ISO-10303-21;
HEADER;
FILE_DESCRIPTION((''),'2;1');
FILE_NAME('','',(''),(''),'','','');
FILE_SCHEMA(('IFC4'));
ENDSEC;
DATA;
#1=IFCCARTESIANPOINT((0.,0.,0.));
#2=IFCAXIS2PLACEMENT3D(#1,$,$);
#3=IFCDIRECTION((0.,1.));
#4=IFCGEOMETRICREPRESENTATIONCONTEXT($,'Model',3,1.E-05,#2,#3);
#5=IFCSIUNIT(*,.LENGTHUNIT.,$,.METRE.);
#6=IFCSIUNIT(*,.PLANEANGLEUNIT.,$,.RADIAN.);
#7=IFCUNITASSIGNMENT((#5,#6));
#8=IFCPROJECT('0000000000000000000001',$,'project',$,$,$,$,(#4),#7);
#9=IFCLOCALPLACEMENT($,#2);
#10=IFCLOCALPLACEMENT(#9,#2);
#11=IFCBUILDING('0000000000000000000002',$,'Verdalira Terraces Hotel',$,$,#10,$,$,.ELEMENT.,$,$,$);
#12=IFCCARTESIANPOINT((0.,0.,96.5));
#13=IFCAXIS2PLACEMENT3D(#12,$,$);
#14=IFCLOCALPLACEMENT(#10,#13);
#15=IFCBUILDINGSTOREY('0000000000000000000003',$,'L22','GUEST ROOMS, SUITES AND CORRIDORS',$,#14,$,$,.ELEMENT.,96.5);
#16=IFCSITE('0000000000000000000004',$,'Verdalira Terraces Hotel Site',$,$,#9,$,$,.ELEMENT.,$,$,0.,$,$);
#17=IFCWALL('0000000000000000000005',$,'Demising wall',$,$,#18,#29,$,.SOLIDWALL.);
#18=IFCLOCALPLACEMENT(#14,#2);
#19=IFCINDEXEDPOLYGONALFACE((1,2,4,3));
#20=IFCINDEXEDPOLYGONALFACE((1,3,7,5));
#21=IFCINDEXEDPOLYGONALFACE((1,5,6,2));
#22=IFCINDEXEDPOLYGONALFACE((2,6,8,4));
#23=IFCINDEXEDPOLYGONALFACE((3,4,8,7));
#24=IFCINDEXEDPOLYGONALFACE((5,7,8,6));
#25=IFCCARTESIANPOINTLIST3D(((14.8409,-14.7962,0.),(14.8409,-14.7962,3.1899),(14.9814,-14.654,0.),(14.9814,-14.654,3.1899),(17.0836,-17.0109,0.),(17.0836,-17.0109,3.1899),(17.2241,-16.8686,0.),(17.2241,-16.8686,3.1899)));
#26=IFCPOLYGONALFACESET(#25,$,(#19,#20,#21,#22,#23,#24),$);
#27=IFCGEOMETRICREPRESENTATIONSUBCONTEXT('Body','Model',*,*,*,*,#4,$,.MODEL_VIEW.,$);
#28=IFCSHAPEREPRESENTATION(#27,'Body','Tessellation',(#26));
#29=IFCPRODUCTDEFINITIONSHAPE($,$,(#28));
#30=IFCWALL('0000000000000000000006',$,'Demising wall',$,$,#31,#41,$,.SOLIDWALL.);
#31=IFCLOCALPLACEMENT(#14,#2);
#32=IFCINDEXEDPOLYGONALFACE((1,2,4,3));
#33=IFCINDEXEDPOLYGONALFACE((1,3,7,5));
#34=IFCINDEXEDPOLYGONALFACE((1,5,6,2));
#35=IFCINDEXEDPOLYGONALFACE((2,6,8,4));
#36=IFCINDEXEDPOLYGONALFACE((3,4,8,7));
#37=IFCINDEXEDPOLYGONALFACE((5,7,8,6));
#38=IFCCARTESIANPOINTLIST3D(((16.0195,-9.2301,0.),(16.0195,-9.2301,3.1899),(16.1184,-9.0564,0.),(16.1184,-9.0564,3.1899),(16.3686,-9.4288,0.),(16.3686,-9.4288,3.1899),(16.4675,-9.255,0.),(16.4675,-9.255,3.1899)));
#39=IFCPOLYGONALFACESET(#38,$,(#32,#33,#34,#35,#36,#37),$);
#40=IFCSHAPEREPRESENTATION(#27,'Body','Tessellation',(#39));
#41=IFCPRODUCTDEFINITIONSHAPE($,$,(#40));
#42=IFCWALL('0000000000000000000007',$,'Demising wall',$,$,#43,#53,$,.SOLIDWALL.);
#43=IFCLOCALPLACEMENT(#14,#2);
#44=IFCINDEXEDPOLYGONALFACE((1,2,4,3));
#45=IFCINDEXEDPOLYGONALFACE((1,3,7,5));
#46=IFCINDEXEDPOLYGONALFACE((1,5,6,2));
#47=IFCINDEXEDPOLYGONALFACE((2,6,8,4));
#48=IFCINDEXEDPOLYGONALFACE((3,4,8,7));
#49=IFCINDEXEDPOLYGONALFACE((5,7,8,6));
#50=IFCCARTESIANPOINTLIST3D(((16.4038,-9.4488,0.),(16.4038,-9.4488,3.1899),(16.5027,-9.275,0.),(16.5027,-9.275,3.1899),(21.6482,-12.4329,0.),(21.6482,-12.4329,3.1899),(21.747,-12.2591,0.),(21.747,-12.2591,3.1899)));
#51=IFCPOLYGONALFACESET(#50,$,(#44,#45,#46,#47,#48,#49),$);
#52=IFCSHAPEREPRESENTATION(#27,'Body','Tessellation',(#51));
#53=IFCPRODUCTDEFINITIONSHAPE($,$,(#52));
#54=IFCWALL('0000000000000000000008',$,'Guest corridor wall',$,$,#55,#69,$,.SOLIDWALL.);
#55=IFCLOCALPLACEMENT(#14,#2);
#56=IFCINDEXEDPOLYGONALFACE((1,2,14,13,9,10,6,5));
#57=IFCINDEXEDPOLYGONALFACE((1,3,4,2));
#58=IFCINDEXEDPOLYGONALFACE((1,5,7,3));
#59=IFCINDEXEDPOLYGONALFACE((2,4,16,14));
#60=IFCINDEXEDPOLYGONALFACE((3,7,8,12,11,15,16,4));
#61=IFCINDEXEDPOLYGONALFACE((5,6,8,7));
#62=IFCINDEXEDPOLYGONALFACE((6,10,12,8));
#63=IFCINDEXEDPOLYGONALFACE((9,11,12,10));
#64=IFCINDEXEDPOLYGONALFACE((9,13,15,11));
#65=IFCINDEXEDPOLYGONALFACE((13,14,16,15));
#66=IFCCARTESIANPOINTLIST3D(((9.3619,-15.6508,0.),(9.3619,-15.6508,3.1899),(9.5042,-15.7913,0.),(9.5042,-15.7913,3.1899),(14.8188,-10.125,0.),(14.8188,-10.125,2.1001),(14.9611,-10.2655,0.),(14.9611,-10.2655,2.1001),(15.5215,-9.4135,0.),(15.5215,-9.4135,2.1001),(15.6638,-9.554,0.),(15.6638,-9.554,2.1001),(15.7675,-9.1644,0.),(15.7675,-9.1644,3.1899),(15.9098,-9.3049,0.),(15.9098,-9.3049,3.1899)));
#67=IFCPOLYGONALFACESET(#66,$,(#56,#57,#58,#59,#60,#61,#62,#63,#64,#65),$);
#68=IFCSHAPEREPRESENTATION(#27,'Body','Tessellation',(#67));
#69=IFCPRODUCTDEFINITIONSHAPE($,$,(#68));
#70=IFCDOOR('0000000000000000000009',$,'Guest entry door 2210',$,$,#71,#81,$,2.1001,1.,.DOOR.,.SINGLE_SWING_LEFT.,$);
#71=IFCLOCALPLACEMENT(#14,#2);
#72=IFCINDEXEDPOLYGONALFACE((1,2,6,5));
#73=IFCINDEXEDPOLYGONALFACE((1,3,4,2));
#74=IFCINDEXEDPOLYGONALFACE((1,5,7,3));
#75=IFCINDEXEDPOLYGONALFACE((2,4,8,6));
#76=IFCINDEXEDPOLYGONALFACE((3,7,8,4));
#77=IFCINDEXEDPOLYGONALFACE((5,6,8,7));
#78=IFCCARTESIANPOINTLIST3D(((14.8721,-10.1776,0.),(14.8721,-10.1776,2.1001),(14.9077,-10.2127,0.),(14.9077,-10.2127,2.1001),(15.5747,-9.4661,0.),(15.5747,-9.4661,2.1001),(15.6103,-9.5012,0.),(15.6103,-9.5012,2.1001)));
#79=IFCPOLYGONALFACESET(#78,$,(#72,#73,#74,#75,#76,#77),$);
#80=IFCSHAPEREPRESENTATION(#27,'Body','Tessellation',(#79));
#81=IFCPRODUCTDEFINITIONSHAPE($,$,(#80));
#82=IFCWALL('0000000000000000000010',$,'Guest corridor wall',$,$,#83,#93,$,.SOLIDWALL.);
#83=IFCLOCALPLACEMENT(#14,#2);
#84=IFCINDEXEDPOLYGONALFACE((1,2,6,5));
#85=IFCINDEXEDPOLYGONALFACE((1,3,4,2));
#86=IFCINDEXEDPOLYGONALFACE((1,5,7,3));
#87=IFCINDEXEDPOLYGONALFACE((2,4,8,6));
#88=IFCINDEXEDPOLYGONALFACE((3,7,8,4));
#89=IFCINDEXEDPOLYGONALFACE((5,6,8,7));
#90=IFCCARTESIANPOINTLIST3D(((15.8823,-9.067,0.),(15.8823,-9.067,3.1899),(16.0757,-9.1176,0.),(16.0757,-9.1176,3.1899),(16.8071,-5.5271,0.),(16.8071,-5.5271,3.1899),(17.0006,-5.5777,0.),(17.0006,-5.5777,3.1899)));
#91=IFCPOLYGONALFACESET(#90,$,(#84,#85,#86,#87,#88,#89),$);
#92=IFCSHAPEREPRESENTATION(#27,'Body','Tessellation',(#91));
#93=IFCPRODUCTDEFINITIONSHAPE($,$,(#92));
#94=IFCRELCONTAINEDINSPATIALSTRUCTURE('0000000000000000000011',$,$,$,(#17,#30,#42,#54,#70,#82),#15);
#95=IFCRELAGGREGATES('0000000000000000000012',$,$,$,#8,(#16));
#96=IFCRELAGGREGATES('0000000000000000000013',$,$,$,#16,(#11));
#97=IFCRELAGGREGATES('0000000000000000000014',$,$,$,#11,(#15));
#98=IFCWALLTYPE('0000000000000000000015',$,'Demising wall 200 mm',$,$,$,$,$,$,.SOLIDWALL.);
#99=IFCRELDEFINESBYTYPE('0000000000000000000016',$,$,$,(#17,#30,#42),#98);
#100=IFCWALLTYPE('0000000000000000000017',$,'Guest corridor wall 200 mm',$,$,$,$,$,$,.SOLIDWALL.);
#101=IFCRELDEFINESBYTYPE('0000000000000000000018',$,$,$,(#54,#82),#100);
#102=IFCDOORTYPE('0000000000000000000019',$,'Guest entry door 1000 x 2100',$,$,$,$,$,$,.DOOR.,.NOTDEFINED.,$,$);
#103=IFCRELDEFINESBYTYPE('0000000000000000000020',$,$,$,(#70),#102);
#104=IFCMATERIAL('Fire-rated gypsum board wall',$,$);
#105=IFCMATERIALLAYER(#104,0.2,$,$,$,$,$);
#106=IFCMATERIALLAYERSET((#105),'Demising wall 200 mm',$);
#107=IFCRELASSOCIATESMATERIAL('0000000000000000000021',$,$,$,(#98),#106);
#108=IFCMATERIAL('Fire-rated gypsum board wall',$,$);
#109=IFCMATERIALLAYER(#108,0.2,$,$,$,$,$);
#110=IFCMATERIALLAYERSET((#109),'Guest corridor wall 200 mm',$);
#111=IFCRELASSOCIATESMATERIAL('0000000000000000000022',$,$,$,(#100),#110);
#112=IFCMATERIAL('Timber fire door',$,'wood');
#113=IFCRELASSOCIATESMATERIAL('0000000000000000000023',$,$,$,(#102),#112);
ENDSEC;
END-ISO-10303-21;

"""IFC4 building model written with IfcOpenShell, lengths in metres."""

from ifc_helpers import new_model, si_unit, direction, frame, frame_2d, origin, place, context, subcontext, project, spatial, rectangle, extrude, material, layer, layer_set, type_object, element, fill, save


model = new_model("IFC4")

# Units and contexts
model_context = context("Model", 3, precision=1e-05, world=origin(), true_north=direction((0.0, 1.0)))
body_context = subcontext(model_context, "Body", "Model", "MODEL_VIEW")
ifc_project = project(units=[si_unit("LENGTHUNIT", "METRE"), si_unit("PLANEANGLEUNIT", "RADIAN")], contexts=[model_context])

# Site, building, storey
site_placement = place(None, origin())
site = spatial("IfcSite", under=ifc_project, at=site_placement, Name="Verdalira Terraces Hotel Site", CompositionType="ELEMENT", RefElevation=0.0)
building_placement = place(site_placement, origin())
building = spatial("IfcBuilding", under=site, at=building_placement, Name="Verdalira Terraces Hotel", CompositionType="ELEMENT")
storey_placement = place(building_placement, frame((0.0, 0.0, 96.5)))
storey = spatial("IfcBuildingStorey", under=building, at=storey_placement, Name="L22", Description="GUEST ROOMS, SUITES AND CORRIDORS", CompositionType="ELEMENT", Elevation=96.5)

# Walls
ifc_material_1 = material(Name="Fire-rated gypsum board wall")
ifc_layer_1 = layer(ifc_material_1, 0.2)
ifc_layer_set_1 = layer_set([ifc_layer_1], Name="Demising wall 200 mm")
wall_type_1 = type_object("IfcWallType", Name="Demising wall 200 mm", PredefinedType="SOLIDWALL", material=ifc_layer_set_1)
wall_1_placement = place(storey_placement, frame((14.9111, -14.7251, 0.0), z_axis=(0.0, 0.0, 1.0), x_axis=(0.711547, -0.702639, 0.0)))
element("IfcWall", 1, at=wall_1_placement, inside=storey, type_object=wall_type_1, Name="Demising wall", PredefinedType="SOLIDWALL", context=body_context, shape_type="SweptSolid", body=[
    extrude(rectangle(XDim=3.1519, YDim=0.2, at=frame_2d((1.5759, 0.0))), origin(), (0.0, 0.0, 1.0), 3.1899),
])
wall_2_placement = place(storey_placement, frame((16.0691, -9.1433, 0.0), z_axis=(0.0, 0.0, 1.0), x_axis=(0.869065, -0.494698, 0.0)))
element("IfcWall", 2, at=wall_2_placement, inside=storey, type_object=wall_type_1, Name="Demising wall", PredefinedType="SOLIDWALL", context=body_context, shape_type="SweptSolid", body=[
    extrude(rectangle(XDim=0.4016, YDim=0.2, at=frame_2d((0.2007, 0.0))), origin(), (0.0, 0.0, 1.0), 3.1899),
])
wall_3_placement = place(storey_placement, frame((16.4531, -9.3618, 0.0), z_axis=(0.0, 0.0, 1.0), x_axis=(0.869146, -0.494556, 0.0)))
element("IfcWall", 3, at=wall_3_placement, inside=storey, type_object=wall_type_1, Name="Demising wall", PredefinedType="SOLIDWALL", context=body_context, shape_type="SweptSolid", body=[
    extrude(rectangle(XDim=6.0339, YDim=0.2, at=frame_2d((3.0171, 0.0))), origin(), (0.0, 0.0, 1.0), 3.1899),
])

# Wall, opening, door
ifc_material_2 = material(Name="Fire-rated gypsum board wall")
ifc_layer_2 = layer(ifc_material_2, 0.2)
ifc_layer_set_2 = layer_set([ifc_layer_2], Name="Guest corridor wall 200 mm")
wall_type_2 = type_object("IfcWallType", Name="Guest corridor wall 200 mm", PredefinedType="SOLIDWALL", material=ifc_layer_set_2)
wall_4_placement = place(storey_placement, frame((15.8386, -9.2346, 0.0), z_axis=(0.0, 0.0, 1.0), x_axis=(-0.702661, -0.711525, 0.0)))
wall_4 = element("IfcWall", 4, at=wall_4_placement, inside=storey, type_object=wall_type_2, Name="Guest corridor wall", PredefinedType="SOLIDWALL", context=body_context, shape_type="SweptSolid", body=[
    extrude(rectangle(XDim=9.1162, YDim=0.2, at=frame_2d((4.5581, 0.0))), origin(), (0.0, 0.0, 1.0), 3.1899),
])
opening_1_placement = place(wall_4_placement, frame((0.3501, 0.0, 0.0)))
opening_1 = element("IfcOpeningElement", 5, at=opening_1_placement, cuts=wall_4, PredefinedType="OPENING", context=body_context, shape_type="SweptSolid", body=[
    extrude(rectangle(XDim=1.0, YDim=2.1001, at=frame_2d((0.5, 1.05))), frame((0.0, 0.1099, 0.0), z_axis=(0.0, -1.0, 0.0), x_axis=(1.0, 0.0, 0.0)), (0.0, 0.0, 1.0), 0.22),
])
ifc_material_3 = material(Name="Timber fire door", Category="wood")
door_type_1 = type_object("IfcDoorType", Name="Guest entry door 1000 x 2100", OperationType="NOTDEFINED", PredefinedType="DOOR", material=ifc_material_3)
door_1_placement = place(opening_1_placement, origin())
door_1 = element("IfcDoor", 6, at=door_1_placement, inside=storey, type_object=door_type_1, Name="Guest entry door 2210", OperationType="SINGLE_SWING_LEFT", OverallHeight=2.1001, OverallWidth=1.0, PredefinedType="DOOR", context=body_context, shape_type="SweptSolid", body=[
    extrude(rectangle(XDim=1.0, YDim=2.1001, at=frame_2d((0.5, 1.05))), frame((0.0, 0.0249, 0.0), z_axis=(0.0, -1.0, 0.0), x_axis=(1.0, 0.0, 0.0)), (0.0, 0.0, 1.0), 0.05),
])
fill(opening_1, door_1)

# Wall
wall_5_placement = place(storey_placement, frame((15.979, -9.0923, 0.0), z_axis=(0.0, 0.0, 1.0), x_axis=(0.252775, 0.967525, 0.0)))
element("IfcWall", 7, at=wall_5_placement, inside=storey, type_object=wall_type_2, Name="Guest corridor wall", PredefinedType="SOLIDWALL", context=body_context, shape_type="SweptSolid", body=[
    extrude(rectangle(XDim=3.6587, YDim=0.2, at=frame_2d((1.8293, 0.0))), origin(), (0.0, 0.0, 1.0), 3.1899),
])

save(model, "model.ifc")
